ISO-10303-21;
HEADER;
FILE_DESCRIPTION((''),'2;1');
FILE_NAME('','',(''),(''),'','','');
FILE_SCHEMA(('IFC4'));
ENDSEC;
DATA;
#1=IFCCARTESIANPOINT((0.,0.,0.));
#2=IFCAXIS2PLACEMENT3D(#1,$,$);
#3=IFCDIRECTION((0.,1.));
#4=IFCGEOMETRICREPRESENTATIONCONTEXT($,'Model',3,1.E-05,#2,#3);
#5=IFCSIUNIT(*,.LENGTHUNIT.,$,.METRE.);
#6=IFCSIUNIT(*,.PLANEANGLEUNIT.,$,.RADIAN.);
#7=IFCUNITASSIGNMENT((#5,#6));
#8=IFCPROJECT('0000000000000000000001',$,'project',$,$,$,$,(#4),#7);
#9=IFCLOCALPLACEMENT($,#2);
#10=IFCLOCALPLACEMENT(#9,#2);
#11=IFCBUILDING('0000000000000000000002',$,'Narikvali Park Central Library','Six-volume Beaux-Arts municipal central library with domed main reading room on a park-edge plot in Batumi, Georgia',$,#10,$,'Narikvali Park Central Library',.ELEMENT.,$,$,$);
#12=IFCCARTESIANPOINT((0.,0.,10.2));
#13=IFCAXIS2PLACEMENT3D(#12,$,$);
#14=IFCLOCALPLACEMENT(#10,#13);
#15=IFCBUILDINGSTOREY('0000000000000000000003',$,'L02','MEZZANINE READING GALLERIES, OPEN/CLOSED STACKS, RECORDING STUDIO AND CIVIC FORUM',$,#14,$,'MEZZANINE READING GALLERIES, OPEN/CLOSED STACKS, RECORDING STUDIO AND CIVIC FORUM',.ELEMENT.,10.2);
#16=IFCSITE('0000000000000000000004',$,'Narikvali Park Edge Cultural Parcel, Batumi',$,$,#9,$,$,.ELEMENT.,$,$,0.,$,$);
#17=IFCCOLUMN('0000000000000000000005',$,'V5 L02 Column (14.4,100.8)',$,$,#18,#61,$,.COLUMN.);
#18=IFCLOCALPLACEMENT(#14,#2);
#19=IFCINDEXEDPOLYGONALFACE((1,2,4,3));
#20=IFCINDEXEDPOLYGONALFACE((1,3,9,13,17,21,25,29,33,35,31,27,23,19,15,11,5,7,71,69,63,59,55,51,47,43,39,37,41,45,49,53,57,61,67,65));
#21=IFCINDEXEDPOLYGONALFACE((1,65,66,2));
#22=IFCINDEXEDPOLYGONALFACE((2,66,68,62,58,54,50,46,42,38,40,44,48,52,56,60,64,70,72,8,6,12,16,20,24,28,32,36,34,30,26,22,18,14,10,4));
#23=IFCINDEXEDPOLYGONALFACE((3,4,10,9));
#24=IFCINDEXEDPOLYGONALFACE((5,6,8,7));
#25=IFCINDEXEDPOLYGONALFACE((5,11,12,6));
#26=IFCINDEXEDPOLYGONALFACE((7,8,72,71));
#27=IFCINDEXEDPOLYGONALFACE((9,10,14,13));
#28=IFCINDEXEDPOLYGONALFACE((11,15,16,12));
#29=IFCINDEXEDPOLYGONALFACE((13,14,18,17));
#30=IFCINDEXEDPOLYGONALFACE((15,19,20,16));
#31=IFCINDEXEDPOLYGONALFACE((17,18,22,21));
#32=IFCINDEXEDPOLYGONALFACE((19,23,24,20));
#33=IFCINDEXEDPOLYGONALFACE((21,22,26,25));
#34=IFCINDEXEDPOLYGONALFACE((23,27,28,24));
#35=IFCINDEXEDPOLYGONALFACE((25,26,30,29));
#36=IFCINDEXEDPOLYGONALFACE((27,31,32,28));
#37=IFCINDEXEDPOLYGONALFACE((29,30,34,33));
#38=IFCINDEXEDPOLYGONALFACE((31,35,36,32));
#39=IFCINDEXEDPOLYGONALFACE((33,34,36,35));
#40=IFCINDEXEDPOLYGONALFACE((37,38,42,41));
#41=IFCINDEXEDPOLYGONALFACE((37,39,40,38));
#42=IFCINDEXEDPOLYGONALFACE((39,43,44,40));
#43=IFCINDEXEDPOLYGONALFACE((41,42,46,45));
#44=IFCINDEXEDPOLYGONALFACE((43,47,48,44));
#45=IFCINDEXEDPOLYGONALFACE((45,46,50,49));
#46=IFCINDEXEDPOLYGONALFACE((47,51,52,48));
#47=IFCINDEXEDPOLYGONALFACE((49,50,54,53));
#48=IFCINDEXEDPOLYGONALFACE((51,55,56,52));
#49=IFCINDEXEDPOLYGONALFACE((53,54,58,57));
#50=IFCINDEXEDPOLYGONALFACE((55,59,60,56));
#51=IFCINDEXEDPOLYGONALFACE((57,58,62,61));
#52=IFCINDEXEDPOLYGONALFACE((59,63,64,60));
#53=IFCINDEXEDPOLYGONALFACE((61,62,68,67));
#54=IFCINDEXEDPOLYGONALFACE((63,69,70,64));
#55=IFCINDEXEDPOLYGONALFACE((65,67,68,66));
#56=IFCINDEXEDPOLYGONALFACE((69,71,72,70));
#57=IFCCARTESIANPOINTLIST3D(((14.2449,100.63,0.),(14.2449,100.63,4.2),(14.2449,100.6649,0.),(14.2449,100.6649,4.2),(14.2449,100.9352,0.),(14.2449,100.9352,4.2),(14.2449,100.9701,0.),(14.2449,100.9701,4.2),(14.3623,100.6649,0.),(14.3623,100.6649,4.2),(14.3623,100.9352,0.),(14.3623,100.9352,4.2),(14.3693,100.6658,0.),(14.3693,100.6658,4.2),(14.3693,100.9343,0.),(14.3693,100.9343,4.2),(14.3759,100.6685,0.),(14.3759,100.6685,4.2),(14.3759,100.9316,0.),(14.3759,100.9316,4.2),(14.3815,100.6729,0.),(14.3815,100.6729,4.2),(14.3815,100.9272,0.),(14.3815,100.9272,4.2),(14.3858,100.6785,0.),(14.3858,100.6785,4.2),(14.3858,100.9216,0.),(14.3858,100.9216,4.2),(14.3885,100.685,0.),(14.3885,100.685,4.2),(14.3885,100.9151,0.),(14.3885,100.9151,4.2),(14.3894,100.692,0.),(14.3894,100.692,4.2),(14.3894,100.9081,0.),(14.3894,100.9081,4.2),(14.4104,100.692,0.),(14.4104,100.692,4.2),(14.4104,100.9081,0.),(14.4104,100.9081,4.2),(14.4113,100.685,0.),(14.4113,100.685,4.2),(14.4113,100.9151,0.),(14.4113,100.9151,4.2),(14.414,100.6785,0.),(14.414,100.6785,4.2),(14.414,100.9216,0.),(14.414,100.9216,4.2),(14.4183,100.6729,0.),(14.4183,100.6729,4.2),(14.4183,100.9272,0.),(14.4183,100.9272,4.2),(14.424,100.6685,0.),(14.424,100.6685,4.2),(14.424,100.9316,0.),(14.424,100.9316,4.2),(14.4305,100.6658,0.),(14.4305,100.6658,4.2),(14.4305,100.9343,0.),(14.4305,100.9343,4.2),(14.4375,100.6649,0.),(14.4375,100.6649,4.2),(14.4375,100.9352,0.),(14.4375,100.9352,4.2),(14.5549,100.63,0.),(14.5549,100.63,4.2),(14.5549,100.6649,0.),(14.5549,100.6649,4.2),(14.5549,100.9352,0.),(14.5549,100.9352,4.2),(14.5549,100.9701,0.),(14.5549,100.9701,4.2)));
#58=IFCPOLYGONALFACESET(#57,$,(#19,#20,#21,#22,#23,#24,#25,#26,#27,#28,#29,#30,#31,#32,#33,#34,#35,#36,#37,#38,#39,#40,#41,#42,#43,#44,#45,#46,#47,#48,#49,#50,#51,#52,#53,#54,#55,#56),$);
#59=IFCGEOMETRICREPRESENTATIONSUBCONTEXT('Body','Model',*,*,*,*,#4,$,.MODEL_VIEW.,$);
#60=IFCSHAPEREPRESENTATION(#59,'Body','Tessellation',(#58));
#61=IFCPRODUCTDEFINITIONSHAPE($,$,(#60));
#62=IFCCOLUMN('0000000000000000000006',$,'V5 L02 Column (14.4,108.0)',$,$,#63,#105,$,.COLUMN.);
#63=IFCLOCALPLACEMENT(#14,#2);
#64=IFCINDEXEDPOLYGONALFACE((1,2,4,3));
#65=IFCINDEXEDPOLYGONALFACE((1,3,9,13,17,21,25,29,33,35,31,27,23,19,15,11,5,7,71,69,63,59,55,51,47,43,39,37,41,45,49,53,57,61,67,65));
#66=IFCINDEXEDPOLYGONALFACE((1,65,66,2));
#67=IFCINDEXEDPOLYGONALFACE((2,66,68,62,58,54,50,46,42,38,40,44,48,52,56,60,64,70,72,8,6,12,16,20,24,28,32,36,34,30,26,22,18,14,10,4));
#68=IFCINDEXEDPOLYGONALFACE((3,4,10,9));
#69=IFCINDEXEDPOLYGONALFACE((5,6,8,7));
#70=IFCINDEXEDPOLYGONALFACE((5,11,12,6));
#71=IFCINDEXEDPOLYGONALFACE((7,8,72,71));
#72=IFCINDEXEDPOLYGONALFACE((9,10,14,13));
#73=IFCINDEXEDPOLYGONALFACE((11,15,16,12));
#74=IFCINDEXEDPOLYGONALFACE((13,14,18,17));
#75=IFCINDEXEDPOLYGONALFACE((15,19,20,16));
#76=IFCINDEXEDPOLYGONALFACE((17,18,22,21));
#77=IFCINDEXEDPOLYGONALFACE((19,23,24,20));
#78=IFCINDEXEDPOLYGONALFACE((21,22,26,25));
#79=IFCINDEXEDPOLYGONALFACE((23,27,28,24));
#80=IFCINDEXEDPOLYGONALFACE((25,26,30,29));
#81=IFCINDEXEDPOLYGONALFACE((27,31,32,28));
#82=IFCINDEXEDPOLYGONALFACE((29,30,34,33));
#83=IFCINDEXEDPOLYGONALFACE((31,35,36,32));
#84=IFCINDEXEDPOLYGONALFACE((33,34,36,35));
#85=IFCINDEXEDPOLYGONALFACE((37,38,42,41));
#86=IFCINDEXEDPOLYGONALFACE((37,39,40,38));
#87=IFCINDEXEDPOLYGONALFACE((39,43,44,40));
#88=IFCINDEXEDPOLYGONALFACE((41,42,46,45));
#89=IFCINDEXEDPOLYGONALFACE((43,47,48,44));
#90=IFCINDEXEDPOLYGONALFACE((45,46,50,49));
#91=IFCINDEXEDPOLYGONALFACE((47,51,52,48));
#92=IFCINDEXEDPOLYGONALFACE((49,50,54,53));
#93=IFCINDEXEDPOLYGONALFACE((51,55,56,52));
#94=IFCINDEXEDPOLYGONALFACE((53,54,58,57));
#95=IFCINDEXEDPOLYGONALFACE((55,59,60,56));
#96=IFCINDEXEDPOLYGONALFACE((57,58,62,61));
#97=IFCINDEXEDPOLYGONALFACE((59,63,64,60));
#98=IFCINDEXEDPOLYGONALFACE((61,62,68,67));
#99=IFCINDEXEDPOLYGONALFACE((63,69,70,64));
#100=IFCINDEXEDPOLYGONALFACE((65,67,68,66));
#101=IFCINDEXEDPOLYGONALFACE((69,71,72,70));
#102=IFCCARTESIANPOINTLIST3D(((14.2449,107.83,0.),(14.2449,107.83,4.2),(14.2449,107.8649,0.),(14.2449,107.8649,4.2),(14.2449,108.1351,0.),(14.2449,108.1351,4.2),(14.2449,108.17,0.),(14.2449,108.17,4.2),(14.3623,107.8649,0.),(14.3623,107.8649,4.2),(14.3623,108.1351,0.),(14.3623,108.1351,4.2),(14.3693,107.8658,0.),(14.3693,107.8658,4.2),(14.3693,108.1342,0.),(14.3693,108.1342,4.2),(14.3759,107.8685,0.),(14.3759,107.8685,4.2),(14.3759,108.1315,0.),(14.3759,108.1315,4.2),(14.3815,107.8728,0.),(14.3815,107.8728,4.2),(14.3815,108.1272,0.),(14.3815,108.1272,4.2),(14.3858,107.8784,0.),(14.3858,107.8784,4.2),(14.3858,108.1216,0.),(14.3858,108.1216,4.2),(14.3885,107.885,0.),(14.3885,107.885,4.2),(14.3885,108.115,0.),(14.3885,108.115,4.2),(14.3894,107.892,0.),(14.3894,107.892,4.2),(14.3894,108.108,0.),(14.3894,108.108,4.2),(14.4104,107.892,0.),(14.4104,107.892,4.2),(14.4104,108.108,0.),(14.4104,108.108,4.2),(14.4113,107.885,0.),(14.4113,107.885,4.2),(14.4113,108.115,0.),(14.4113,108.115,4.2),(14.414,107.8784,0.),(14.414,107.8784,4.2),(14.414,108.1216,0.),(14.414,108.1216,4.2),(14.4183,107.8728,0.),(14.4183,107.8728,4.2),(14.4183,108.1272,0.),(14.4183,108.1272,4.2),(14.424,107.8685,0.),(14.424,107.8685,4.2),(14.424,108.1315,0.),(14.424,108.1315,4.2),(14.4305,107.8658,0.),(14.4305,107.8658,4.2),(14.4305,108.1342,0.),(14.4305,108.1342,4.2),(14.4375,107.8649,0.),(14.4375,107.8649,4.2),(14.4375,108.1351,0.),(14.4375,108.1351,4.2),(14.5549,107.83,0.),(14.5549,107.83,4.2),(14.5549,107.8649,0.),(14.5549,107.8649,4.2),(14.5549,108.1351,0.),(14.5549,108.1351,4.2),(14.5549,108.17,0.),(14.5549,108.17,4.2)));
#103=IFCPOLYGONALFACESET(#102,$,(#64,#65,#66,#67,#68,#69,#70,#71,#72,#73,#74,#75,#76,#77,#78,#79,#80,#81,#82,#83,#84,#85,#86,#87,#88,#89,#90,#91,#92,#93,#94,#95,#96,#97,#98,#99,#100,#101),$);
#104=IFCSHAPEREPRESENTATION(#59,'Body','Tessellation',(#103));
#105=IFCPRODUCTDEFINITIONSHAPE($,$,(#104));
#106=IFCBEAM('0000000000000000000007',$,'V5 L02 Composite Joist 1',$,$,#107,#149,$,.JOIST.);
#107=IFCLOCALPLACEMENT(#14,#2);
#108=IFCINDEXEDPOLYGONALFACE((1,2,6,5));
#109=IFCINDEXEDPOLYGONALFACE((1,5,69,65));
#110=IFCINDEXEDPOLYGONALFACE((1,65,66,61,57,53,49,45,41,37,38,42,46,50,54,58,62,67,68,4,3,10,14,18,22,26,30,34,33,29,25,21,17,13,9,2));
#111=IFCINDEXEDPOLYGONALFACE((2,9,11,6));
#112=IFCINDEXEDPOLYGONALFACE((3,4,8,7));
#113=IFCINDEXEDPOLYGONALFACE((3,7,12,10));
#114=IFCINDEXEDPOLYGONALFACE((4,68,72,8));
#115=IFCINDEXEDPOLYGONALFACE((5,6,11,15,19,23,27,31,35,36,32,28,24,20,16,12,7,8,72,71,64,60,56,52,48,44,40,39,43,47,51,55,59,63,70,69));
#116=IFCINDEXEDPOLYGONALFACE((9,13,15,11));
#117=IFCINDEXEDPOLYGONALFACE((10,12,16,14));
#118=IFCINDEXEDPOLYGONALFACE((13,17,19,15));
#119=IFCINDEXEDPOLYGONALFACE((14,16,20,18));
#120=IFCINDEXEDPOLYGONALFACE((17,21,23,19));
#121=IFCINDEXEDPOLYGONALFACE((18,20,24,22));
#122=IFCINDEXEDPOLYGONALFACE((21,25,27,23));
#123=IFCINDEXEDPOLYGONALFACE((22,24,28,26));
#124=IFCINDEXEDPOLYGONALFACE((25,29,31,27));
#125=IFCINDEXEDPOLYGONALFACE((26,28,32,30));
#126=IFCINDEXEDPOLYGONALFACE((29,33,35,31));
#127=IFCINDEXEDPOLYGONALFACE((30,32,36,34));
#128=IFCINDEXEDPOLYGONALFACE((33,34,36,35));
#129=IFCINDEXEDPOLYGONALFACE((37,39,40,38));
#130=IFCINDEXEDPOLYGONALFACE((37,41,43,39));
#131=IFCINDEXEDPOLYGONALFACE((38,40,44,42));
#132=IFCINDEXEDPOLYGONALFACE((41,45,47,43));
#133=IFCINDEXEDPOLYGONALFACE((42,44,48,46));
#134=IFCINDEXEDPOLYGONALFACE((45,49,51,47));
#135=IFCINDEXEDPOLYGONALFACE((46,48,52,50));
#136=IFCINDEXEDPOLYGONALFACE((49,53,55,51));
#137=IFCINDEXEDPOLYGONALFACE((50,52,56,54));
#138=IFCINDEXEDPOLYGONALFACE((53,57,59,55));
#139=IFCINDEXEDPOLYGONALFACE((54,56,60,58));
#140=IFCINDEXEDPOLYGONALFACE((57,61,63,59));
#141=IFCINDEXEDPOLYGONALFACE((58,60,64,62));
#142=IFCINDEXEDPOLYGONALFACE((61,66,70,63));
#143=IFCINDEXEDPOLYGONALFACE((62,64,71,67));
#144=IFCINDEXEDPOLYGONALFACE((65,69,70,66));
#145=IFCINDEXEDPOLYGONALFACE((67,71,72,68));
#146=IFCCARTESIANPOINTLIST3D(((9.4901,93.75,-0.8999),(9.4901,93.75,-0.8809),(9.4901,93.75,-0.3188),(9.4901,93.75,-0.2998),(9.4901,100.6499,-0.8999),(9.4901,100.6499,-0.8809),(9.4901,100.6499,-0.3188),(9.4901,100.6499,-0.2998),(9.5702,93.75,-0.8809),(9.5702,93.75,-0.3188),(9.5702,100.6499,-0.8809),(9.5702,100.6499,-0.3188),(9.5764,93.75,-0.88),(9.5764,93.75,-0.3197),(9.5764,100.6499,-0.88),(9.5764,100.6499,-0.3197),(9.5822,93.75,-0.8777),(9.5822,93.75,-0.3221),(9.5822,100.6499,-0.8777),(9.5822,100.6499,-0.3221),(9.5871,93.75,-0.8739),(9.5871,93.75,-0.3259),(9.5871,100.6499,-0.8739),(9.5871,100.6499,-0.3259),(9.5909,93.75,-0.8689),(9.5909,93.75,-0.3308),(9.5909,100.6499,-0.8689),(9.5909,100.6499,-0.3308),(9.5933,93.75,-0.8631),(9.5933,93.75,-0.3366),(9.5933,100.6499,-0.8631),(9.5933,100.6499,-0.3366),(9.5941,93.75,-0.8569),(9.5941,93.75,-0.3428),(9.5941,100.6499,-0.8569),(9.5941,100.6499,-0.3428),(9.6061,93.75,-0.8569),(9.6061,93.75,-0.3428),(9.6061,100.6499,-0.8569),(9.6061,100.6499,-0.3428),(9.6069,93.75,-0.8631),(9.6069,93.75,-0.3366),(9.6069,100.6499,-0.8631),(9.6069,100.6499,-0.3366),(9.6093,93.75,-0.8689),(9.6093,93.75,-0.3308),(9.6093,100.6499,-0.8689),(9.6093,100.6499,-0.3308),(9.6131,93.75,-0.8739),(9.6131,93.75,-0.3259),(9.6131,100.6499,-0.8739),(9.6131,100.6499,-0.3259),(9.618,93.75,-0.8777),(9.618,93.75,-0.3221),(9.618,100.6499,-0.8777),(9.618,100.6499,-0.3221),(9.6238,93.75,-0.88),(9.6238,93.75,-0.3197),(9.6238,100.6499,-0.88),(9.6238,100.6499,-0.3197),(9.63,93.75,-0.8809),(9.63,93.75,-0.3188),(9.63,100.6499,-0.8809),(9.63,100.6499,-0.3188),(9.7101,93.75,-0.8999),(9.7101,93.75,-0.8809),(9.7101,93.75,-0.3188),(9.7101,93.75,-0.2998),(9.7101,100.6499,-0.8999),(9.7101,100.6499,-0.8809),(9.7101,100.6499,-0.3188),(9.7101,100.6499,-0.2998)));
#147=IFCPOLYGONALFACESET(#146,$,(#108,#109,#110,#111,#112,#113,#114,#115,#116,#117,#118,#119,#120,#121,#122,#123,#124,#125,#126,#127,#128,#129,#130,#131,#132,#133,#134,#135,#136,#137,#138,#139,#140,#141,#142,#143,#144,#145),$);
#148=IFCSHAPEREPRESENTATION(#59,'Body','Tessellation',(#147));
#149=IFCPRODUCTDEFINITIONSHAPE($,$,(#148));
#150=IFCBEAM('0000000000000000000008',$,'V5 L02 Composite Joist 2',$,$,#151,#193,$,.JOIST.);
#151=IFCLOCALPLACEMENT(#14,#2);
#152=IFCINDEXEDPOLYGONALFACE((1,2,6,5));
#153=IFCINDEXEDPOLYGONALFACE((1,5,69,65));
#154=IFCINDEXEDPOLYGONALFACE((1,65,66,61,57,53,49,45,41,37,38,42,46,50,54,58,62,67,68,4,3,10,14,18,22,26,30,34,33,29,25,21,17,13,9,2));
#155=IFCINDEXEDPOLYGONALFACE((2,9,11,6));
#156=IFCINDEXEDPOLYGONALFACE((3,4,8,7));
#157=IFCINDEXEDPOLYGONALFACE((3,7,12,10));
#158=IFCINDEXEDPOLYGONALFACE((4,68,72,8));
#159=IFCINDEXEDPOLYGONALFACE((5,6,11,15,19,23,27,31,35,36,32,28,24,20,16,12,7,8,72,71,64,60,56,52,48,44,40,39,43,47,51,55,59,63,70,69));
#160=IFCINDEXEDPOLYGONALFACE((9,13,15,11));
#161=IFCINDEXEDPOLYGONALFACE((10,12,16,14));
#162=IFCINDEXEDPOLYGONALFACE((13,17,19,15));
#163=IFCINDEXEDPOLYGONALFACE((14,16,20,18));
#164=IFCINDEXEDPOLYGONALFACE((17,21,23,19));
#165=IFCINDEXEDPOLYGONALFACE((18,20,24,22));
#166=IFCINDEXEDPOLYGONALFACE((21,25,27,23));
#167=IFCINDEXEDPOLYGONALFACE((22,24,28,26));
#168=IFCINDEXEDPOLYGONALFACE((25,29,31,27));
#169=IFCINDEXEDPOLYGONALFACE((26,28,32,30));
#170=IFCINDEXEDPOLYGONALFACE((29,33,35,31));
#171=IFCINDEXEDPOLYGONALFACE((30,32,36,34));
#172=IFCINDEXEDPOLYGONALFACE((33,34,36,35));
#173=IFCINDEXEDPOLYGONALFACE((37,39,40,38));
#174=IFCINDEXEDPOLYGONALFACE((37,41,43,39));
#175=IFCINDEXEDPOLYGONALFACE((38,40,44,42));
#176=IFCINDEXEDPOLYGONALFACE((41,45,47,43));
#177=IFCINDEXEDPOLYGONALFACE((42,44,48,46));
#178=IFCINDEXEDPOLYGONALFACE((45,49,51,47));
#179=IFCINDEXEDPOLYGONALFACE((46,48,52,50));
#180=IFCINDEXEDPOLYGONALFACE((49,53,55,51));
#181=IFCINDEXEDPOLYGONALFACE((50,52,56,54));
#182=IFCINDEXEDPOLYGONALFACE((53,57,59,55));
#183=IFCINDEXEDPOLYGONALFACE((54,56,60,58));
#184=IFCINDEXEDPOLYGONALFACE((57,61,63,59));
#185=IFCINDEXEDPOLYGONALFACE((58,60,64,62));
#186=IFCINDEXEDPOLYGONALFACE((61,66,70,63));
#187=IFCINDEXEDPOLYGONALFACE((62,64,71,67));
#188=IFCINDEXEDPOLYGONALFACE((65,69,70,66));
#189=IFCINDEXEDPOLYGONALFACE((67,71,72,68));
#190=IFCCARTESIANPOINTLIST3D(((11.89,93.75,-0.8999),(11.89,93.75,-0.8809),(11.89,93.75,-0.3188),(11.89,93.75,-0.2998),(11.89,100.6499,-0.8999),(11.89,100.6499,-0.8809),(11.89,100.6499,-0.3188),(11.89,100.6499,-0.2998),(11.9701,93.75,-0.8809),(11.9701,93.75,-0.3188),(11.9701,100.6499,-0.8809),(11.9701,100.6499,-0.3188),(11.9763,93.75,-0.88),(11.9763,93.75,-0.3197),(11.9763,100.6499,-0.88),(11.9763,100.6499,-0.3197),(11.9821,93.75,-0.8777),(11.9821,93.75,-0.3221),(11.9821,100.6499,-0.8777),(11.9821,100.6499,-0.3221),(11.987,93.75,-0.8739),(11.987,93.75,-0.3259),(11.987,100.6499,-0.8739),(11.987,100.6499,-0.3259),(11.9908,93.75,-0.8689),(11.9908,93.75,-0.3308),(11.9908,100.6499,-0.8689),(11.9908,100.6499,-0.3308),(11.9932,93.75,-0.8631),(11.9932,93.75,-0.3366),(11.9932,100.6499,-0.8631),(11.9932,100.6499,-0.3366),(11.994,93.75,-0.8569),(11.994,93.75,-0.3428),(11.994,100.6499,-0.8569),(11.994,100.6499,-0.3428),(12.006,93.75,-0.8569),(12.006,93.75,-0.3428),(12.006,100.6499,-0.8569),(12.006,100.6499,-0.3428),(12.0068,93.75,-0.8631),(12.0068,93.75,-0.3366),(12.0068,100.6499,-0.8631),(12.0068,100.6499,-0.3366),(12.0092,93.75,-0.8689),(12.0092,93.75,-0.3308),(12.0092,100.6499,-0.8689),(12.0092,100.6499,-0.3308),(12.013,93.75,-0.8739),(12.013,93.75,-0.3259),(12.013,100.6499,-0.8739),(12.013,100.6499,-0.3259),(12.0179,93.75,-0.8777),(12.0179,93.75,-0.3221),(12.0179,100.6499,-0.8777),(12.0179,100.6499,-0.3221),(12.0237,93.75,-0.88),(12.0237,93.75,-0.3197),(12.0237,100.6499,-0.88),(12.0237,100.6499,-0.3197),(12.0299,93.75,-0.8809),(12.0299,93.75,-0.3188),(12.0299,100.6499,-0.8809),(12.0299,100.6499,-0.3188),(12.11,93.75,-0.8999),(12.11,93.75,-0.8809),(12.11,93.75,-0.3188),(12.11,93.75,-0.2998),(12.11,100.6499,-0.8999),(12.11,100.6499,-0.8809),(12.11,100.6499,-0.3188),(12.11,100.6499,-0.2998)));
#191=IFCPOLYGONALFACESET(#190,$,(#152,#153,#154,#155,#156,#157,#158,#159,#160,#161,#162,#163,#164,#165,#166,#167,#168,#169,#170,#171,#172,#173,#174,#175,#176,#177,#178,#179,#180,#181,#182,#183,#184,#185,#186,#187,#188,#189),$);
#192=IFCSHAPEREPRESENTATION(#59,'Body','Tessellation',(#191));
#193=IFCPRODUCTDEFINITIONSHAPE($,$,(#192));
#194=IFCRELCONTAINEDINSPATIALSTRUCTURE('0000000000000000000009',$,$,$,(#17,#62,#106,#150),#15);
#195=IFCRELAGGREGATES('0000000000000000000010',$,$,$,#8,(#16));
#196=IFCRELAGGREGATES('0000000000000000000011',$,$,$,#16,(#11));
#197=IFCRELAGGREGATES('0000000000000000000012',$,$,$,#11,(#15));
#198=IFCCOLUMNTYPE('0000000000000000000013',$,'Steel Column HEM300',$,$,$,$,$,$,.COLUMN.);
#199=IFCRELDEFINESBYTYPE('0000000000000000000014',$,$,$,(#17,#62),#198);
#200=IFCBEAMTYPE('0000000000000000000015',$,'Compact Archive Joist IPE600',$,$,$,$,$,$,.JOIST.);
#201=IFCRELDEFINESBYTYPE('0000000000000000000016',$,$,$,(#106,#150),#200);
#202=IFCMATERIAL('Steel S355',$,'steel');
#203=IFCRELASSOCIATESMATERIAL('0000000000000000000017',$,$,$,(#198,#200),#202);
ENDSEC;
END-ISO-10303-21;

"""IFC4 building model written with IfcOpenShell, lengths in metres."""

from ifc_helpers import new_model, si_unit, direction, frame, origin, origin_2d, place, context, subcontext, project, spatial, i_section, extrude, material, material_profile, profile_set, type_object, element, save


model = new_model("IFC4")

# Units and contexts
model_context = context("Model", 3, precision=1e-05, world=origin(), true_north=direction((0.0, 1.0)))
body_context = subcontext(model_context, "Body", "Model", "MODEL_VIEW")
ifc_project = project(units=[si_unit("LENGTHUNIT", "METRE"), si_unit("PLANEANGLEUNIT", "RADIAN")], contexts=[model_context])

# Site, building, storey
site_placement = place(None, origin())
site = spatial("IfcSite", under=ifc_project, at=site_placement, Name="Narikvali Park Edge Cultural Parcel, Batumi", CompositionType="ELEMENT", RefElevation=0.0)
building_placement = place(site_placement, origin())
building = spatial("IfcBuilding", under=site, at=building_placement, Name="Narikvali Park Central Library", Description="Six-volume Beaux-Arts municipal central library with domed main reading room on a park-edge plot in Batumi, Georgia", LongName="Narikvali Park Central Library", CompositionType="ELEMENT")
storey_placement = place(building_placement, frame((0.0, 0.0, 10.2)))
storey = spatial("IfcBuildingStorey", under=building, at=storey_placement, Name="L02", Description="MEZZANINE READING GALLERIES, OPEN/CLOSED STACKS, RECORDING STUDIO AND CIVIC FORUM", LongName="MEZZANINE READING GALLERIES, OPEN/CLOSED STACKS, RECORDING STUDIO AND CIVIC FORUM", CompositionType="ELEMENT", Elevation=10.2)

# Columns
ifc_material_1 = material(Name="Steel S355", Category="steel")
ifc_material_profile_1 = material_profile(ifc_material_1, i_section(OverallWidth=0.3101, OverallDepth=0.3401, WebThickness=0.021, FlangeThickness=0.0349, FilletRadius=0.0271, at=origin_2d()), Name="HEM 300")
ifc_profile_set_1 = profile_set([ifc_material_profile_1], Name="Steel S355")
column_type = type_object("IfcColumnType", Name="Steel Column HEM300", PredefinedType="COLUMN", material=ifc_profile_set_1)
for number, where, z_axis, x_axis, name in (
    (1, (14.3999, 100.8, 0.0), (0.0, 0.0, 1.0), (1.0, 0.0, 0.0), "V5 L02 Column (14.4,100.8)"),
    (2, (14.3999, 108.0, 0.0), (0.0, 0.0, 1.0), (1.0, 0.0, 0.0), "V5 L02 Column (14.4,108.0)"),
):
    element("IfcColumn", number, at=place(storey_placement, frame(where, z_axis=z_axis, x_axis=x_axis)), inside=storey, type_object=column_type, Name=name, PredefinedType="COLUMN", context=body_context, shape_type="SweptSolid", body=[
        extrude(i_section(OverallWidth=0.3101, OverallDepth=0.3401, WebThickness=0.021, FlangeThickness=0.0349, FilletRadius=0.0271, at=origin_2d()), origin(), (0.0, 0.0, 1.0), 4.2),
    ])

# Beams
ifc_material_profile_2 = material_profile(ifc_material_1, i_section(OverallWidth=0.22, OverallDepth=0.6001, WebThickness=0.012, FlangeThickness=0.019, FilletRadius=0.0239, at=origin_2d()), Name="IPE 600")
ifc_profile_set_2 = profile_set([ifc_material_profile_2], Name="Steel S355")
beam_type_1 = type_object("IfcBeamType", Name="Compact Archive Joist IPE600", PredefinedType="JOIST", material=ifc_profile_set_2)
for number, where, z_axis, x_axis, name in (
    (3, (9.6001, 93.75, -0.5999), (0.0, 1.0, 0.0), (-1.0, 0.0, 0.0), "V5 L02 Composite Joist 1"),
    (4, (12.0, 93.75, -0.5999), (0.0, 1.0, 0.0), (-1.0, 0.0, 0.0), "V5 L02 Composite Joist 2"),
):
    element("IfcBeam", number, at=place(storey_placement, frame(where, z_axis=z_axis, x_axis=x_axis)), inside=storey, type_object=beam_type_1, Name=name, PredefinedType="JOIST", context=body_context, shape_type="SweptSolid", body=[
        extrude(i_section(OverallWidth=0.22, OverallDepth=0.6001, WebThickness=0.012, FlangeThickness=0.019, FilletRadius=0.0239, at=origin_2d()), origin(), (0.0, 0.0, 1.0), 6.8999),
    ])

save(model, "model.ifc")
